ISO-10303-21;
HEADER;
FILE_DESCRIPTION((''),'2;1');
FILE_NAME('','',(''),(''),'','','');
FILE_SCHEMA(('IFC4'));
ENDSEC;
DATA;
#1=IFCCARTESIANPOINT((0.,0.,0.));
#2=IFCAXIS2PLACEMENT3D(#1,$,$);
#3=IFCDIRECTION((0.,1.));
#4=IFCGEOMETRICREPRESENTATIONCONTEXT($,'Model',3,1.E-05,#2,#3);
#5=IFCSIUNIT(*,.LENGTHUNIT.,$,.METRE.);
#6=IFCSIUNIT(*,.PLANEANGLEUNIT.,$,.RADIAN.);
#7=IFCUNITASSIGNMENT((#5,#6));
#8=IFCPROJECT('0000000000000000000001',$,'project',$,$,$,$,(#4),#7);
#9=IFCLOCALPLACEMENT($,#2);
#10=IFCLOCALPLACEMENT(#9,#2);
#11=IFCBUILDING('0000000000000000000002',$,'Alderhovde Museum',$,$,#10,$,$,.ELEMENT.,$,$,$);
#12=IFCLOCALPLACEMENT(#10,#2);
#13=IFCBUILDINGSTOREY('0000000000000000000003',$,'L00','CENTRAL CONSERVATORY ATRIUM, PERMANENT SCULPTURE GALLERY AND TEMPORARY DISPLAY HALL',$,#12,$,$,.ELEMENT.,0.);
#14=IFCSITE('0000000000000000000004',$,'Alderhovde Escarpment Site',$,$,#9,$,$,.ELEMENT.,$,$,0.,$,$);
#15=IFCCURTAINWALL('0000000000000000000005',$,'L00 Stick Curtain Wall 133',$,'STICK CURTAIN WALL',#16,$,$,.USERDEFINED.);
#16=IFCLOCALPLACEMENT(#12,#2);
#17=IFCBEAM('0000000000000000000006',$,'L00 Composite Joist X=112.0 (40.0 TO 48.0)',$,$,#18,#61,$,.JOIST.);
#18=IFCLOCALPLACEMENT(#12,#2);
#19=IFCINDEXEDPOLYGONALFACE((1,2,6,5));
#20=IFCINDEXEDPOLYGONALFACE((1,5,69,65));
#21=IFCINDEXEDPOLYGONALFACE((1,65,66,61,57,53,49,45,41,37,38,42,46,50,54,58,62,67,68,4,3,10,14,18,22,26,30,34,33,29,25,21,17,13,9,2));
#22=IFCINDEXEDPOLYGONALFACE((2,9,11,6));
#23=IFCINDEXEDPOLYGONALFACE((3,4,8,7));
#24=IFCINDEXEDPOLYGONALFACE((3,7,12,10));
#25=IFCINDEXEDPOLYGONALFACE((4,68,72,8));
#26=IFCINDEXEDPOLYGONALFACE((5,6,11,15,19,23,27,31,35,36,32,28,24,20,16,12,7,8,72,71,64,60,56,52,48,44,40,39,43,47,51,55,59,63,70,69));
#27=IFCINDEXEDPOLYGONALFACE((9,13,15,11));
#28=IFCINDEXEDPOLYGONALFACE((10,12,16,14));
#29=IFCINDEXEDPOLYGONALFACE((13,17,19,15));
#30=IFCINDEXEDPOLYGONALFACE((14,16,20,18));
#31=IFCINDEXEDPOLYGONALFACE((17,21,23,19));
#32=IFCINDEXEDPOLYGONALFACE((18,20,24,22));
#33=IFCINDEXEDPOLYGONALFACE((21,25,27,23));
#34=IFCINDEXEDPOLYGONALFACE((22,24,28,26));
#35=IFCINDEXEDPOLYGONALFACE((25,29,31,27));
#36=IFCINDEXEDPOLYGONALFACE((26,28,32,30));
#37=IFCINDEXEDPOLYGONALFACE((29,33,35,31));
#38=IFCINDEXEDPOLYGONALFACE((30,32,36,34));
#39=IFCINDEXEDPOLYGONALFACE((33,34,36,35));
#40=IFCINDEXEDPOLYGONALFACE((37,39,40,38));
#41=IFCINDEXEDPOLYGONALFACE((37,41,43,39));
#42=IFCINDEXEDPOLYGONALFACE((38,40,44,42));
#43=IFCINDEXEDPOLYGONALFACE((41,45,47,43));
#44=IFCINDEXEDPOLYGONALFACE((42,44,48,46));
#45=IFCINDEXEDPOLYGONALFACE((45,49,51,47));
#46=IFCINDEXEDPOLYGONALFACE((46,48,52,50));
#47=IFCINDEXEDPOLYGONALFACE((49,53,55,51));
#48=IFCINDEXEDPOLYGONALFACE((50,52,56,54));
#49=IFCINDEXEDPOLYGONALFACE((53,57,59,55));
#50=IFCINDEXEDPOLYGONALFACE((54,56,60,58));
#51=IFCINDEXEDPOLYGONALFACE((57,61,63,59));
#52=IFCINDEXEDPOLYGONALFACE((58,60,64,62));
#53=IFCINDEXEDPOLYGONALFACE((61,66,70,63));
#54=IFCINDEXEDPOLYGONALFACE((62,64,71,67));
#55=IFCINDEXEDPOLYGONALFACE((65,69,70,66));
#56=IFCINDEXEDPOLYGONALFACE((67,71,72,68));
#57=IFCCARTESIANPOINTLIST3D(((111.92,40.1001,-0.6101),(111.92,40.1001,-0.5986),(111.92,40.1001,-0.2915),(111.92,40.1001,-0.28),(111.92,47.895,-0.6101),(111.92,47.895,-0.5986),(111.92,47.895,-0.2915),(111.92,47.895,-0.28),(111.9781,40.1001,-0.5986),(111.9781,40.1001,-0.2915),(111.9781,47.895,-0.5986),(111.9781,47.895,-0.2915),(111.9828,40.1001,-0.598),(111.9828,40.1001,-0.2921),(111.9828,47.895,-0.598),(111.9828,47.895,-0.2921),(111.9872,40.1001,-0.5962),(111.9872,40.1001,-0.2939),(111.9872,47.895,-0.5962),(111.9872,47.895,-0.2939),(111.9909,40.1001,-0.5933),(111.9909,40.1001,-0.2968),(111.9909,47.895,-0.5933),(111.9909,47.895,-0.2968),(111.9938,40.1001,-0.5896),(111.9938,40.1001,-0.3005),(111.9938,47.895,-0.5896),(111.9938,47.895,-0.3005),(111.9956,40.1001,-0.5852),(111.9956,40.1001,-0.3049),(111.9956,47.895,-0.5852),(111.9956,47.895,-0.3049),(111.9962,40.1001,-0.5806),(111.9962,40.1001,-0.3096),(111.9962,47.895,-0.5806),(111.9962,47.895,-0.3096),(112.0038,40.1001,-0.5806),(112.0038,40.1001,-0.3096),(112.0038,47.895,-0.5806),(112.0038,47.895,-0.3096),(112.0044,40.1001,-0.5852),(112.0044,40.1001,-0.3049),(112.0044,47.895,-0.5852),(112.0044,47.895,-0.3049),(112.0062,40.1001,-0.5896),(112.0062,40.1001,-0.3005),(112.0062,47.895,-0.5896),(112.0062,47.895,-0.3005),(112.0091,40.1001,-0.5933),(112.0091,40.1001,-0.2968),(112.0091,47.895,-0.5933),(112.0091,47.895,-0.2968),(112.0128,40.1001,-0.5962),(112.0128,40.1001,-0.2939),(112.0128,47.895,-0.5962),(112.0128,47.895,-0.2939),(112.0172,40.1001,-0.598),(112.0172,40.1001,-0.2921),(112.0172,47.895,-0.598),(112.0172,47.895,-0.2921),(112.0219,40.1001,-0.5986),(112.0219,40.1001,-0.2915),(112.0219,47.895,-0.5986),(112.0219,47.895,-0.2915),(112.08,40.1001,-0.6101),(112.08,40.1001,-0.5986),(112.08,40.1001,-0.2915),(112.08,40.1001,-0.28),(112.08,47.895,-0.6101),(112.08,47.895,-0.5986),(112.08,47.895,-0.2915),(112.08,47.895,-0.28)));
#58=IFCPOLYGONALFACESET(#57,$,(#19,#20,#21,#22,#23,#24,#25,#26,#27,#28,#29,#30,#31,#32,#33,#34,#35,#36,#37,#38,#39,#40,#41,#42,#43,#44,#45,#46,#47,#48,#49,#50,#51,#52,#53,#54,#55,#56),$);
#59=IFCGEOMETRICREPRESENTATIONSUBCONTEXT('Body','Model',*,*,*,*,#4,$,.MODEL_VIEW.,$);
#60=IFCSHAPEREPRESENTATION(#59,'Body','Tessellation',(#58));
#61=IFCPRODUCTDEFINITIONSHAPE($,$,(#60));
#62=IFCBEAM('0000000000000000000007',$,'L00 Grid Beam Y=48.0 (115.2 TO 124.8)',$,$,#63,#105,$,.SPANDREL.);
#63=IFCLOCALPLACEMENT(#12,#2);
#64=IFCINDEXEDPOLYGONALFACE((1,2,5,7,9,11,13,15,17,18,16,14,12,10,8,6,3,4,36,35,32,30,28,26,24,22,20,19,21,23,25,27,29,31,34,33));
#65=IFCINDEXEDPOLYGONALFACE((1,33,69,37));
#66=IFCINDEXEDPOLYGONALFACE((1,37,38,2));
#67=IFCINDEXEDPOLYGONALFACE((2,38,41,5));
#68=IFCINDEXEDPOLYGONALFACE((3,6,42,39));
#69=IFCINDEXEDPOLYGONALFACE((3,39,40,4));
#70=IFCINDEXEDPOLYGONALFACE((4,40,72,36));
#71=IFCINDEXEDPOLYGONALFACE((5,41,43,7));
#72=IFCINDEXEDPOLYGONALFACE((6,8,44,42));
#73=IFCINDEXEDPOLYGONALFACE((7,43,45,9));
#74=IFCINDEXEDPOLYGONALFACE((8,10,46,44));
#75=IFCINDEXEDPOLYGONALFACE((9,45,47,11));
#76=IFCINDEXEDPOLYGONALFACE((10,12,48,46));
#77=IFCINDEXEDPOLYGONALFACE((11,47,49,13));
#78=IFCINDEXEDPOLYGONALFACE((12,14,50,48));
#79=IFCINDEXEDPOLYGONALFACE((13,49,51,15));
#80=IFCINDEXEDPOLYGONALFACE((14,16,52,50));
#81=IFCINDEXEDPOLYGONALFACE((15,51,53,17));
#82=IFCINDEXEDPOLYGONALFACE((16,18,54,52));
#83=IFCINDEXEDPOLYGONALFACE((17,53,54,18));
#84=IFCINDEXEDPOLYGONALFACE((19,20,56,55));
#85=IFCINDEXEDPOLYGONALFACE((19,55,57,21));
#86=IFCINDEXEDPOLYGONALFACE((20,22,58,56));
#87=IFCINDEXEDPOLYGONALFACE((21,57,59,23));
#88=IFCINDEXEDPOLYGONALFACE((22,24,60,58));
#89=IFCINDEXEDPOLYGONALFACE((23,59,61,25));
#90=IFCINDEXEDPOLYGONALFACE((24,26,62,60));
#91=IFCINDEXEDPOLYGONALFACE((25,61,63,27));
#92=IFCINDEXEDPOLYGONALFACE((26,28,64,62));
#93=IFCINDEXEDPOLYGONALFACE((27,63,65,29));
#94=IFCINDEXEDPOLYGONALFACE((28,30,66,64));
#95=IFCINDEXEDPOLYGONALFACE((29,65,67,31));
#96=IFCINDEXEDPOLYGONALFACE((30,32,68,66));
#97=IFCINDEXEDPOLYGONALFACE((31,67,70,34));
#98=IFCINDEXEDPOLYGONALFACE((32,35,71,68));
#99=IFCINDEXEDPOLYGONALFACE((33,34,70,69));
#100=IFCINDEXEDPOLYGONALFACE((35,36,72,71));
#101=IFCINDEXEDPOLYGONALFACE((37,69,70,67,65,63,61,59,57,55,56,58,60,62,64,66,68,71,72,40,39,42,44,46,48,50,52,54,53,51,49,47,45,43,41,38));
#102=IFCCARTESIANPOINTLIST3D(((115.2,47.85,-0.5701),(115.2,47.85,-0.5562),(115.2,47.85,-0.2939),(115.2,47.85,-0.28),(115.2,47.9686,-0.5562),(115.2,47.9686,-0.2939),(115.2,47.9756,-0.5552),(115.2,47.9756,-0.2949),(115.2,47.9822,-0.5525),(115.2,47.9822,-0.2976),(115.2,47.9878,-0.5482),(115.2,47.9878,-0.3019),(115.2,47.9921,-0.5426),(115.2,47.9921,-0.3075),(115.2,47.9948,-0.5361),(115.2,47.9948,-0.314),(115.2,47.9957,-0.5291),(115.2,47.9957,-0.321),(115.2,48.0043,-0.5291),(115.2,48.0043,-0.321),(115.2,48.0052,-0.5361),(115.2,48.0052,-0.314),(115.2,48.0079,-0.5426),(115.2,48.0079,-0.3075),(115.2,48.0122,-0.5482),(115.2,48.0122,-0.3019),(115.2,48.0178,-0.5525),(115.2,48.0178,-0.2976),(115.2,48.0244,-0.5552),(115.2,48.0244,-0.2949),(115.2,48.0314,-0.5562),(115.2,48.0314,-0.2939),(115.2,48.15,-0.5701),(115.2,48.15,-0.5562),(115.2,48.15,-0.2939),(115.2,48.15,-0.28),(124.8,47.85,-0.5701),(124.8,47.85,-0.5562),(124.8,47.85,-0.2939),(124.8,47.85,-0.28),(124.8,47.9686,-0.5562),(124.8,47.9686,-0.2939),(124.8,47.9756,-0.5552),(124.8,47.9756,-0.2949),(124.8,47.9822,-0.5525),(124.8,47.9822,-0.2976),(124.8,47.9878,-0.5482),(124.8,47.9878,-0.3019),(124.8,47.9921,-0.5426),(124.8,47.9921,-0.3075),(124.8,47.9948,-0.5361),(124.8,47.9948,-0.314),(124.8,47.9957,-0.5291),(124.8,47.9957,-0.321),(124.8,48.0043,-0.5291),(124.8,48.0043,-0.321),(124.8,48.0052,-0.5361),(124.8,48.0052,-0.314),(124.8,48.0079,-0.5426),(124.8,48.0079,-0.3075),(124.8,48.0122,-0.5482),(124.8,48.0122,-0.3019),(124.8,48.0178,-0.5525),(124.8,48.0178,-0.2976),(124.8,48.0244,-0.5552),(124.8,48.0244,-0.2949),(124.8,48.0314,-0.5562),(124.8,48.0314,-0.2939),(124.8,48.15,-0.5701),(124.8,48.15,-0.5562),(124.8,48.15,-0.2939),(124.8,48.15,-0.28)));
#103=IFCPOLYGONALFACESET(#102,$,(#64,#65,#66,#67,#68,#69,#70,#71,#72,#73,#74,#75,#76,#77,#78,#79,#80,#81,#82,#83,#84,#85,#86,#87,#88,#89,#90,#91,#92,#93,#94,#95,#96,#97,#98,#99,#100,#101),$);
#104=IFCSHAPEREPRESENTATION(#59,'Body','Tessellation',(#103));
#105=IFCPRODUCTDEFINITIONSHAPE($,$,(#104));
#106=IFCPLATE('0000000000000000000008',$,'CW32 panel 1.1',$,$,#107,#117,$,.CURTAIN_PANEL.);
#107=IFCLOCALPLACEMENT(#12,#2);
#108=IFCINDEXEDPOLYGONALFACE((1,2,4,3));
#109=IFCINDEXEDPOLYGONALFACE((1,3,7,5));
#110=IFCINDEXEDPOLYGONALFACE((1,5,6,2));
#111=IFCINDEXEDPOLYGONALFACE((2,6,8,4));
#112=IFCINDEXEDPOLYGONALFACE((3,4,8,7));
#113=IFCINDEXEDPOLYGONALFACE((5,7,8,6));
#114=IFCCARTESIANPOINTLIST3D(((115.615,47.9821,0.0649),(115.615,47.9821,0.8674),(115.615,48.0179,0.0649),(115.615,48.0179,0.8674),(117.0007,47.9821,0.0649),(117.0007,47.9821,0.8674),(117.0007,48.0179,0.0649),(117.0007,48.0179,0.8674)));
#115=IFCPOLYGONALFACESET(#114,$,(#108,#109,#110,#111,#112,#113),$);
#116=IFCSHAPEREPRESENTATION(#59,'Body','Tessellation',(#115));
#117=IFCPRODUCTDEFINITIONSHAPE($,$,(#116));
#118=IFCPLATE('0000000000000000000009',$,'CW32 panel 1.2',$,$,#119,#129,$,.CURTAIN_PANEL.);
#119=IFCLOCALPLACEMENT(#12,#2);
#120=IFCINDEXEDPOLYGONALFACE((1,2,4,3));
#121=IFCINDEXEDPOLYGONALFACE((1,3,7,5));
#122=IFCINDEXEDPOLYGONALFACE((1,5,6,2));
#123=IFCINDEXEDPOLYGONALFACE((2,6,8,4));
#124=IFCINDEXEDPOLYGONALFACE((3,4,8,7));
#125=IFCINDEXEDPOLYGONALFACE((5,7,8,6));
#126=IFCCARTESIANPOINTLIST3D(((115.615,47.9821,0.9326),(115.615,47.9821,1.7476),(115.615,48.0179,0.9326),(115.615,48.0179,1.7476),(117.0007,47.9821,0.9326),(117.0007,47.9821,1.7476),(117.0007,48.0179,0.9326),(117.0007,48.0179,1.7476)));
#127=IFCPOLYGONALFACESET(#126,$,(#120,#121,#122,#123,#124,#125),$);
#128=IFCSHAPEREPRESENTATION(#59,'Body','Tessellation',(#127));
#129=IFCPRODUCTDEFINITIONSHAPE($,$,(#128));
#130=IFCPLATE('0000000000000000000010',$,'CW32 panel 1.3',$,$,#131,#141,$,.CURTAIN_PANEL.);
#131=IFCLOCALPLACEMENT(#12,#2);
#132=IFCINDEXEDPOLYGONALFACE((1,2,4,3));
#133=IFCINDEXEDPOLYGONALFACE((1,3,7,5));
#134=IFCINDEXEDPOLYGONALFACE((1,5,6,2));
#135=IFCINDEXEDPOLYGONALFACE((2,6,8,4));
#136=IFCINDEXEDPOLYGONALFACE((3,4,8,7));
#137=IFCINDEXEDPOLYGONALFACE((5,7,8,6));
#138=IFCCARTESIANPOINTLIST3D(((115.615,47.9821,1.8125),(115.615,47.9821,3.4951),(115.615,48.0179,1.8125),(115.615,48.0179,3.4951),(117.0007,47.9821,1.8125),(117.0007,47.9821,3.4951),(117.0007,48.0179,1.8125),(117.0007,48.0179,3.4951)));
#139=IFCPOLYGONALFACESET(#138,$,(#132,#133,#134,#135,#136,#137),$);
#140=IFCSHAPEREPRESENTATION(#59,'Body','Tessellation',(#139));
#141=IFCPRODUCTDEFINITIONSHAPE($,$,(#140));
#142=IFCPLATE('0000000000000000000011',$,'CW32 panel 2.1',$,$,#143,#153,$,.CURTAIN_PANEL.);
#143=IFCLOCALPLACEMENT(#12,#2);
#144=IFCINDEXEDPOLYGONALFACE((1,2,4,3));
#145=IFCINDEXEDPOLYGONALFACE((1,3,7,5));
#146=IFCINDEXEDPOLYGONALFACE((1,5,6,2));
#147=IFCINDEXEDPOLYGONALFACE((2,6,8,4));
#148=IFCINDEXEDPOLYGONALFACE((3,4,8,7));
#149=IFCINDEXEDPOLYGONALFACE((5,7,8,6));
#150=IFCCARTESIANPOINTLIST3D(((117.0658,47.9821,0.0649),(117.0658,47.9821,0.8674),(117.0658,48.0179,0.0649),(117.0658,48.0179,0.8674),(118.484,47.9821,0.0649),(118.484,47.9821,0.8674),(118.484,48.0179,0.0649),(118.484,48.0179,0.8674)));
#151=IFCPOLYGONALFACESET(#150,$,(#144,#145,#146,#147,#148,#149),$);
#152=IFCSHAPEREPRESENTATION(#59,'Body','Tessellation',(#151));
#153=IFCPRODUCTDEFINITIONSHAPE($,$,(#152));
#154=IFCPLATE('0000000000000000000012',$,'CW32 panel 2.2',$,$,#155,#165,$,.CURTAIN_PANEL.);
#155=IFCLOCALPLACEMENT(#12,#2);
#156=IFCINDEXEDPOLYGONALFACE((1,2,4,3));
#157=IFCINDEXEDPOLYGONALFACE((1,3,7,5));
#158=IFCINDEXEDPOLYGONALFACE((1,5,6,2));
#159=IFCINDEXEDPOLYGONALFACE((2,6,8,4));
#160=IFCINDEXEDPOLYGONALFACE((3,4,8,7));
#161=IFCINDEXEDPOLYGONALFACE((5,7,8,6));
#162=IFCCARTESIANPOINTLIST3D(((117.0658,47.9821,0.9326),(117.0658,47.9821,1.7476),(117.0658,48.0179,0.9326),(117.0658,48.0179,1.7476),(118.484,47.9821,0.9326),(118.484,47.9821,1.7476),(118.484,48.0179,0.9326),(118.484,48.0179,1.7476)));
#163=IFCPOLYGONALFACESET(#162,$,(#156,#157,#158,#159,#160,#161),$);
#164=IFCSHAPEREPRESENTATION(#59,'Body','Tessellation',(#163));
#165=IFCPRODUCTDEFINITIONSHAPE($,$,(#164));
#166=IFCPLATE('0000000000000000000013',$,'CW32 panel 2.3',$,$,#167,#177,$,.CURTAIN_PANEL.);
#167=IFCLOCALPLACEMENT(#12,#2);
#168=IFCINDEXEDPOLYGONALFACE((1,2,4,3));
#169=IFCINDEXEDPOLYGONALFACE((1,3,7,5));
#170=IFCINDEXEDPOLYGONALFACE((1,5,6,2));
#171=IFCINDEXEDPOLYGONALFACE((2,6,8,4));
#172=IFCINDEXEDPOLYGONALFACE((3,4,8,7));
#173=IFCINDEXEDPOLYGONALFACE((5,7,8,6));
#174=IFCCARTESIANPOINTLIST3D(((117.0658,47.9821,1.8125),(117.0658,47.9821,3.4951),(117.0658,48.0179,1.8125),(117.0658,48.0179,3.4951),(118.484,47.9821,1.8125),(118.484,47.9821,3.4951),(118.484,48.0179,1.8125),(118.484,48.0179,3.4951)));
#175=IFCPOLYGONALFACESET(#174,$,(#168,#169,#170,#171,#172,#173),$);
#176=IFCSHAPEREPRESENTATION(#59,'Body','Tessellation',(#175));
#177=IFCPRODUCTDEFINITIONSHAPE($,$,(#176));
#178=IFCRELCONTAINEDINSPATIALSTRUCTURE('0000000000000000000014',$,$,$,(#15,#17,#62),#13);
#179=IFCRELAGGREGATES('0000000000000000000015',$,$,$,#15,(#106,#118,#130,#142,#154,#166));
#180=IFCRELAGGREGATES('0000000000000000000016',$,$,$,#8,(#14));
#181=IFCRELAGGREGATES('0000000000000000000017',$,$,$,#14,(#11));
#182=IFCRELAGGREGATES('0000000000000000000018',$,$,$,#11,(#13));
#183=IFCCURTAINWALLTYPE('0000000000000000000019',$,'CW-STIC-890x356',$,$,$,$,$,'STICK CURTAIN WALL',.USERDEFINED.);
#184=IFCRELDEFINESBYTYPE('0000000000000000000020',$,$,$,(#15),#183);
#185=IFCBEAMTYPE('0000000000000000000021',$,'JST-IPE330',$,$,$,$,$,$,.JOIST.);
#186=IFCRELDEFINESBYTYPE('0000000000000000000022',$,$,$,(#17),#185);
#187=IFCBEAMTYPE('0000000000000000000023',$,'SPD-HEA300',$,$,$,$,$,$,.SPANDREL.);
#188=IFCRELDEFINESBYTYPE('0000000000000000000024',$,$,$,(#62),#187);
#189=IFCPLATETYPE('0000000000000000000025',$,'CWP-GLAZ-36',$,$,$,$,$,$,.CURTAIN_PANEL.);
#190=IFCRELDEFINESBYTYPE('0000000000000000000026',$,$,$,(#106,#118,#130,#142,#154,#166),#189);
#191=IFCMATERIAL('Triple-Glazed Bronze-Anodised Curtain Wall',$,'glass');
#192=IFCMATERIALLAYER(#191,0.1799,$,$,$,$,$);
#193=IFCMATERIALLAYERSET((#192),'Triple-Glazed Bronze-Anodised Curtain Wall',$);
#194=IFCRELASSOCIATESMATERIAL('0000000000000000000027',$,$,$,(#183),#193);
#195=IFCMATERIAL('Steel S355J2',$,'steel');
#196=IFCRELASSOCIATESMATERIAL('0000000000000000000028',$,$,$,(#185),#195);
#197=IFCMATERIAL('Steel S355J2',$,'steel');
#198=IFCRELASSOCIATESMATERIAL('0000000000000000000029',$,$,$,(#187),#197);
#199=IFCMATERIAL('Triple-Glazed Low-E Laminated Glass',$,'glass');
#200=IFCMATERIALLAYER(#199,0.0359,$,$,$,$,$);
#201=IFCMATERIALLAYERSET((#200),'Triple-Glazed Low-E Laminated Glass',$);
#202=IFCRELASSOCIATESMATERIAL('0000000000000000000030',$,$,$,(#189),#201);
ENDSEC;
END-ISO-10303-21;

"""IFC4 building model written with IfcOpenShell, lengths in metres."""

from ifc_helpers import new_model, si_unit, direction, frame, origin, origin_2d, place, context, subcontext, project, spatial, rectangle, i_section, extrude, material, layer, layer_set, material_profile, profile_set, type_object, element, aggregate, save


model = new_model("IFC4")

# Units and contexts
model_context = context("Model", 3, precision=1e-05, world=origin(), true_north=direction((0.0, 1.0)))
body_context = subcontext(model_context, "Body", "Model", "MODEL_VIEW")
ifc_project = project(units=[si_unit("LENGTHUNIT", "METRE"), si_unit("PLANEANGLEUNIT", "RADIAN")], contexts=[model_context])

# Site, building, storey
site_placement = place(None, origin())
site = spatial("IfcSite", under=ifc_project, at=site_placement, Name="Alderhovde Escarpment Site", CompositionType="ELEMENT", RefElevation=0.0)
building_placement = place(site_placement, origin())
building = spatial("IfcBuilding", under=site, at=building_placement, Name="Alderhovde Museum", CompositionType="ELEMENT")
storey_placement = place(building_placement, origin())
storey = spatial("IfcBuildingStorey", under=building, at=storey_placement, Name="L00", Description="CENTRAL CONSERVATORY ATRIUM, PERMANENT SCULPTURE GALLERY AND TEMPORARY DISPLAY HALL", CompositionType="ELEMENT", Elevation=0.0)

# Curtain wall
ifc_material_1 = material(Name="Triple-Glazed Bronze-Anodised Curtain Wall", Category="glass")
ifc_layer_1 = layer(ifc_material_1, 0.1799)
ifc_layer_set_1 = layer_set([ifc_layer_1], Name="Triple-Glazed Bronze-Anodised Curtain Wall")
curtain_wall_type = type_object("IfcCurtainWallType", Name="CW-STIC-890x356", ElementType="STICK CURTAIN WALL", PredefinedType="USERDEFINED", material=ifc_layer_set_1)
curtain_wall_placement = place(storey_placement, origin())
curtain_wall = element("IfcCurtainWall", 1, at=curtain_wall_placement, inside=storey, type_object=curtain_wall_type, Name="L00 Stick Curtain Wall 133", ObjectType="STICK CURTAIN WALL", PredefinedType="USERDEFINED")

# Beams
ifc_material_2 = material(Name="Steel S355J2", Category="steel")
ifc_material_profile_1 = material_profile(ifc_material_2, i_section(OverallWidth=0.1599, OverallDepth=0.3301, WebThickness=0.0076, FlangeThickness=0.0115, FilletRadius=0.0181, at=origin_2d()), Name="IPE 330")
ifc_profile_set_1 = profile_set([ifc_material_profile_1], Name="Steel S355J2")
beam_type_1 = type_object("IfcBeamType", Name="JST-IPE330", PredefinedType="JOIST", material=ifc_profile_set_1)
for number, where, z_axis, x_axis, name in (
    (2, (112.0, 40.1001, -0.4451), (0.0, 1.0, 0.0), (-1.0, 0.0, 0.0), "L00 Composite Joist X=112.0 (40.0 TO 48.0)"),
):
    element("IfcBeam", number, at=place(storey_placement, frame(where, z_axis=z_axis, x_axis=x_axis)), inside=storey, type_object=beam_type_1, Name=name, PredefinedType="JOIST", context=body_context, shape_type="SweptSolid", body=[
        extrude(i_section(OverallWidth=0.1599, OverallDepth=0.3301, WebThickness=0.0076, FlangeThickness=0.0115, FilletRadius=0.0181, at=origin_2d()), origin(), (0.0, 0.0, 1.0), 7.7949),
    ])
ifc_material_3 = material(Name="Steel S355J2", Category="steel")
ifc_material_profile_2 = material_profile(ifc_material_3, i_section(OverallWidth=0.3, OverallDepth=0.29, WebThickness=0.0085, FlangeThickness=0.0139, FilletRadius=0.0271, at=origin_2d()), Name="HEA 300")
ifc_profile_set_2 = profile_set([ifc_material_profile_2], Name="Steel S355J2")
beam_type_2 = type_object("IfcBeamType", Name="SPD-HEA300", PredefinedType="SPANDREL", material=ifc_profile_set_2)
beam_1_placement = place(storey_placement, frame((115.2, 48.0, -0.425), z_axis=(1.0, 0.0, 0.0), x_axis=(0.0, 1.0, 0.0)))
element("IfcBeam", 3, at=beam_1_placement, inside=storey, type_object=beam_type_2, Name="L00 Grid Beam Y=48.0 (115.2 TO 124.8)", PredefinedType="SPANDREL", context=body_context, shape_type="SweptSolid", body=[
    extrude(i_section(OverallWidth=0.3, OverallDepth=0.29, WebThickness=0.0085, FlangeThickness=0.0139, FilletRadius=0.0271, at=origin_2d()), origin(), (0.0, 0.0, 1.0), 9.6001),
])

# Plates
ifc_material_4 = material(Name="Triple-Glazed Low-E Laminated Glass", Category="glass")
ifc_layer_2 = layer(ifc_material_4, 0.0359)
ifc_layer_set_2 = layer_set([ifc_layer_2], Name="Triple-Glazed Low-E Laminated Glass")
plate_type = type_object("IfcPlateType", Name="CWP-GLAZ-36", PredefinedType="CURTAIN_PANEL", material=ifc_layer_set_2)
plate_1_placement = place(storey_placement, frame((116.3079, 48.0, 0.0649), z_axis=(0.0, 0.0, 1.0), x_axis=(1.0, 0.0, 0.0)))
plate_1 = element("IfcPlate", 4, at=plate_1_placement, type_object=plate_type, Name="CW32 panel 1.1", PredefinedType="CURTAIN_PANEL", context=body_context, shape_type="SweptSolid", body=[
    extrude(rectangle(XDim=1.3857, YDim=0.0359, at=origin_2d()), origin(), (0.0, 0.0, 1.0), 0.8025),
])
plate_2_placement = place(storey_placement, frame((116.3079, 48.0, 0.9326), z_axis=(0.0, 0.0, 1.0), x_axis=(1.0, 0.0, 0.0)))
plate_2 = element("IfcPlate", 5, at=plate_2_placement, type_object=plate_type, Name="CW32 panel 1.2", PredefinedType="CURTAIN_PANEL", context=body_context, shape_type="SweptSolid", body=[
    extrude(rectangle(XDim=1.3857, YDim=0.0359, at=origin_2d()), origin(), (0.0, 0.0, 1.0), 0.8149),
])
plate_3_placement = place(storey_placement, frame((116.3079, 48.0, 1.8125), z_axis=(0.0, 0.0, 1.0), x_axis=(1.0, 0.0, 0.0)))
plate_3 = element("IfcPlate", 6, at=plate_3_placement, type_object=plate_type, Name="CW32 panel 1.3", PredefinedType="CURTAIN_PANEL", context=body_context, shape_type="SweptSolid", body=[
    extrude(rectangle(XDim=1.3857, YDim=0.0359, at=origin_2d()), origin(), (0.0, 0.0, 1.0), 1.6826),
])
plate_4_placement = place(storey_placement, frame((117.7749, 48.0, 0.0649), z_axis=(0.0, 0.0, 1.0), x_axis=(1.0, 0.0, 0.0)))
plate_4 = element("IfcPlate", 7, at=plate_4_placement, type_object=plate_type, Name="CW32 panel 2.1", PredefinedType="CURTAIN_PANEL", context=body_context, shape_type="SweptSolid", body=[
    extrude(rectangle(XDim=1.4182, YDim=0.0359, at=origin_2d()), origin(), (0.0, 0.0, 1.0), 0.8025),
])
plate_5_placement = place(storey_placement, frame((117.7749, 48.0, 0.9326), z_axis=(0.0, 0.0, 1.0), x_axis=(1.0, 0.0, 0.0)))
plate_5 = element("IfcPlate", 8, at=plate_5_placement, type_object=plate_type, Name="CW32 panel 2.2", PredefinedType="CURTAIN_PANEL", context=body_context, shape_type="SweptSolid", body=[
    extrude(rectangle(XDim=1.4182, YDim=0.0359, at=origin_2d()), origin(), (0.0, 0.0, 1.0), 0.8149),
])
plate_6_placement = place(storey_placement, frame((117.7749, 48.0, 1.8125), z_axis=(0.0, 0.0, 1.0), x_axis=(1.0, 0.0, 0.0)))
plate_6 = element("IfcPlate", 9, at=plate_6_placement, type_object=plate_type, Name="CW32 panel 2.3", PredefinedType="CURTAIN_PANEL", context=body_context, shape_type="SweptSolid", body=[
    extrude(rectangle(XDim=1.4182, YDim=0.0359, at=origin_2d()), origin(), (0.0, 0.0, 1.0), 1.6826),
])
aggregate(curtain_wall, [plate_1, plate_2, plate_3, plate_4, plate_5, plate_6])

save(model, "model.ifc")
